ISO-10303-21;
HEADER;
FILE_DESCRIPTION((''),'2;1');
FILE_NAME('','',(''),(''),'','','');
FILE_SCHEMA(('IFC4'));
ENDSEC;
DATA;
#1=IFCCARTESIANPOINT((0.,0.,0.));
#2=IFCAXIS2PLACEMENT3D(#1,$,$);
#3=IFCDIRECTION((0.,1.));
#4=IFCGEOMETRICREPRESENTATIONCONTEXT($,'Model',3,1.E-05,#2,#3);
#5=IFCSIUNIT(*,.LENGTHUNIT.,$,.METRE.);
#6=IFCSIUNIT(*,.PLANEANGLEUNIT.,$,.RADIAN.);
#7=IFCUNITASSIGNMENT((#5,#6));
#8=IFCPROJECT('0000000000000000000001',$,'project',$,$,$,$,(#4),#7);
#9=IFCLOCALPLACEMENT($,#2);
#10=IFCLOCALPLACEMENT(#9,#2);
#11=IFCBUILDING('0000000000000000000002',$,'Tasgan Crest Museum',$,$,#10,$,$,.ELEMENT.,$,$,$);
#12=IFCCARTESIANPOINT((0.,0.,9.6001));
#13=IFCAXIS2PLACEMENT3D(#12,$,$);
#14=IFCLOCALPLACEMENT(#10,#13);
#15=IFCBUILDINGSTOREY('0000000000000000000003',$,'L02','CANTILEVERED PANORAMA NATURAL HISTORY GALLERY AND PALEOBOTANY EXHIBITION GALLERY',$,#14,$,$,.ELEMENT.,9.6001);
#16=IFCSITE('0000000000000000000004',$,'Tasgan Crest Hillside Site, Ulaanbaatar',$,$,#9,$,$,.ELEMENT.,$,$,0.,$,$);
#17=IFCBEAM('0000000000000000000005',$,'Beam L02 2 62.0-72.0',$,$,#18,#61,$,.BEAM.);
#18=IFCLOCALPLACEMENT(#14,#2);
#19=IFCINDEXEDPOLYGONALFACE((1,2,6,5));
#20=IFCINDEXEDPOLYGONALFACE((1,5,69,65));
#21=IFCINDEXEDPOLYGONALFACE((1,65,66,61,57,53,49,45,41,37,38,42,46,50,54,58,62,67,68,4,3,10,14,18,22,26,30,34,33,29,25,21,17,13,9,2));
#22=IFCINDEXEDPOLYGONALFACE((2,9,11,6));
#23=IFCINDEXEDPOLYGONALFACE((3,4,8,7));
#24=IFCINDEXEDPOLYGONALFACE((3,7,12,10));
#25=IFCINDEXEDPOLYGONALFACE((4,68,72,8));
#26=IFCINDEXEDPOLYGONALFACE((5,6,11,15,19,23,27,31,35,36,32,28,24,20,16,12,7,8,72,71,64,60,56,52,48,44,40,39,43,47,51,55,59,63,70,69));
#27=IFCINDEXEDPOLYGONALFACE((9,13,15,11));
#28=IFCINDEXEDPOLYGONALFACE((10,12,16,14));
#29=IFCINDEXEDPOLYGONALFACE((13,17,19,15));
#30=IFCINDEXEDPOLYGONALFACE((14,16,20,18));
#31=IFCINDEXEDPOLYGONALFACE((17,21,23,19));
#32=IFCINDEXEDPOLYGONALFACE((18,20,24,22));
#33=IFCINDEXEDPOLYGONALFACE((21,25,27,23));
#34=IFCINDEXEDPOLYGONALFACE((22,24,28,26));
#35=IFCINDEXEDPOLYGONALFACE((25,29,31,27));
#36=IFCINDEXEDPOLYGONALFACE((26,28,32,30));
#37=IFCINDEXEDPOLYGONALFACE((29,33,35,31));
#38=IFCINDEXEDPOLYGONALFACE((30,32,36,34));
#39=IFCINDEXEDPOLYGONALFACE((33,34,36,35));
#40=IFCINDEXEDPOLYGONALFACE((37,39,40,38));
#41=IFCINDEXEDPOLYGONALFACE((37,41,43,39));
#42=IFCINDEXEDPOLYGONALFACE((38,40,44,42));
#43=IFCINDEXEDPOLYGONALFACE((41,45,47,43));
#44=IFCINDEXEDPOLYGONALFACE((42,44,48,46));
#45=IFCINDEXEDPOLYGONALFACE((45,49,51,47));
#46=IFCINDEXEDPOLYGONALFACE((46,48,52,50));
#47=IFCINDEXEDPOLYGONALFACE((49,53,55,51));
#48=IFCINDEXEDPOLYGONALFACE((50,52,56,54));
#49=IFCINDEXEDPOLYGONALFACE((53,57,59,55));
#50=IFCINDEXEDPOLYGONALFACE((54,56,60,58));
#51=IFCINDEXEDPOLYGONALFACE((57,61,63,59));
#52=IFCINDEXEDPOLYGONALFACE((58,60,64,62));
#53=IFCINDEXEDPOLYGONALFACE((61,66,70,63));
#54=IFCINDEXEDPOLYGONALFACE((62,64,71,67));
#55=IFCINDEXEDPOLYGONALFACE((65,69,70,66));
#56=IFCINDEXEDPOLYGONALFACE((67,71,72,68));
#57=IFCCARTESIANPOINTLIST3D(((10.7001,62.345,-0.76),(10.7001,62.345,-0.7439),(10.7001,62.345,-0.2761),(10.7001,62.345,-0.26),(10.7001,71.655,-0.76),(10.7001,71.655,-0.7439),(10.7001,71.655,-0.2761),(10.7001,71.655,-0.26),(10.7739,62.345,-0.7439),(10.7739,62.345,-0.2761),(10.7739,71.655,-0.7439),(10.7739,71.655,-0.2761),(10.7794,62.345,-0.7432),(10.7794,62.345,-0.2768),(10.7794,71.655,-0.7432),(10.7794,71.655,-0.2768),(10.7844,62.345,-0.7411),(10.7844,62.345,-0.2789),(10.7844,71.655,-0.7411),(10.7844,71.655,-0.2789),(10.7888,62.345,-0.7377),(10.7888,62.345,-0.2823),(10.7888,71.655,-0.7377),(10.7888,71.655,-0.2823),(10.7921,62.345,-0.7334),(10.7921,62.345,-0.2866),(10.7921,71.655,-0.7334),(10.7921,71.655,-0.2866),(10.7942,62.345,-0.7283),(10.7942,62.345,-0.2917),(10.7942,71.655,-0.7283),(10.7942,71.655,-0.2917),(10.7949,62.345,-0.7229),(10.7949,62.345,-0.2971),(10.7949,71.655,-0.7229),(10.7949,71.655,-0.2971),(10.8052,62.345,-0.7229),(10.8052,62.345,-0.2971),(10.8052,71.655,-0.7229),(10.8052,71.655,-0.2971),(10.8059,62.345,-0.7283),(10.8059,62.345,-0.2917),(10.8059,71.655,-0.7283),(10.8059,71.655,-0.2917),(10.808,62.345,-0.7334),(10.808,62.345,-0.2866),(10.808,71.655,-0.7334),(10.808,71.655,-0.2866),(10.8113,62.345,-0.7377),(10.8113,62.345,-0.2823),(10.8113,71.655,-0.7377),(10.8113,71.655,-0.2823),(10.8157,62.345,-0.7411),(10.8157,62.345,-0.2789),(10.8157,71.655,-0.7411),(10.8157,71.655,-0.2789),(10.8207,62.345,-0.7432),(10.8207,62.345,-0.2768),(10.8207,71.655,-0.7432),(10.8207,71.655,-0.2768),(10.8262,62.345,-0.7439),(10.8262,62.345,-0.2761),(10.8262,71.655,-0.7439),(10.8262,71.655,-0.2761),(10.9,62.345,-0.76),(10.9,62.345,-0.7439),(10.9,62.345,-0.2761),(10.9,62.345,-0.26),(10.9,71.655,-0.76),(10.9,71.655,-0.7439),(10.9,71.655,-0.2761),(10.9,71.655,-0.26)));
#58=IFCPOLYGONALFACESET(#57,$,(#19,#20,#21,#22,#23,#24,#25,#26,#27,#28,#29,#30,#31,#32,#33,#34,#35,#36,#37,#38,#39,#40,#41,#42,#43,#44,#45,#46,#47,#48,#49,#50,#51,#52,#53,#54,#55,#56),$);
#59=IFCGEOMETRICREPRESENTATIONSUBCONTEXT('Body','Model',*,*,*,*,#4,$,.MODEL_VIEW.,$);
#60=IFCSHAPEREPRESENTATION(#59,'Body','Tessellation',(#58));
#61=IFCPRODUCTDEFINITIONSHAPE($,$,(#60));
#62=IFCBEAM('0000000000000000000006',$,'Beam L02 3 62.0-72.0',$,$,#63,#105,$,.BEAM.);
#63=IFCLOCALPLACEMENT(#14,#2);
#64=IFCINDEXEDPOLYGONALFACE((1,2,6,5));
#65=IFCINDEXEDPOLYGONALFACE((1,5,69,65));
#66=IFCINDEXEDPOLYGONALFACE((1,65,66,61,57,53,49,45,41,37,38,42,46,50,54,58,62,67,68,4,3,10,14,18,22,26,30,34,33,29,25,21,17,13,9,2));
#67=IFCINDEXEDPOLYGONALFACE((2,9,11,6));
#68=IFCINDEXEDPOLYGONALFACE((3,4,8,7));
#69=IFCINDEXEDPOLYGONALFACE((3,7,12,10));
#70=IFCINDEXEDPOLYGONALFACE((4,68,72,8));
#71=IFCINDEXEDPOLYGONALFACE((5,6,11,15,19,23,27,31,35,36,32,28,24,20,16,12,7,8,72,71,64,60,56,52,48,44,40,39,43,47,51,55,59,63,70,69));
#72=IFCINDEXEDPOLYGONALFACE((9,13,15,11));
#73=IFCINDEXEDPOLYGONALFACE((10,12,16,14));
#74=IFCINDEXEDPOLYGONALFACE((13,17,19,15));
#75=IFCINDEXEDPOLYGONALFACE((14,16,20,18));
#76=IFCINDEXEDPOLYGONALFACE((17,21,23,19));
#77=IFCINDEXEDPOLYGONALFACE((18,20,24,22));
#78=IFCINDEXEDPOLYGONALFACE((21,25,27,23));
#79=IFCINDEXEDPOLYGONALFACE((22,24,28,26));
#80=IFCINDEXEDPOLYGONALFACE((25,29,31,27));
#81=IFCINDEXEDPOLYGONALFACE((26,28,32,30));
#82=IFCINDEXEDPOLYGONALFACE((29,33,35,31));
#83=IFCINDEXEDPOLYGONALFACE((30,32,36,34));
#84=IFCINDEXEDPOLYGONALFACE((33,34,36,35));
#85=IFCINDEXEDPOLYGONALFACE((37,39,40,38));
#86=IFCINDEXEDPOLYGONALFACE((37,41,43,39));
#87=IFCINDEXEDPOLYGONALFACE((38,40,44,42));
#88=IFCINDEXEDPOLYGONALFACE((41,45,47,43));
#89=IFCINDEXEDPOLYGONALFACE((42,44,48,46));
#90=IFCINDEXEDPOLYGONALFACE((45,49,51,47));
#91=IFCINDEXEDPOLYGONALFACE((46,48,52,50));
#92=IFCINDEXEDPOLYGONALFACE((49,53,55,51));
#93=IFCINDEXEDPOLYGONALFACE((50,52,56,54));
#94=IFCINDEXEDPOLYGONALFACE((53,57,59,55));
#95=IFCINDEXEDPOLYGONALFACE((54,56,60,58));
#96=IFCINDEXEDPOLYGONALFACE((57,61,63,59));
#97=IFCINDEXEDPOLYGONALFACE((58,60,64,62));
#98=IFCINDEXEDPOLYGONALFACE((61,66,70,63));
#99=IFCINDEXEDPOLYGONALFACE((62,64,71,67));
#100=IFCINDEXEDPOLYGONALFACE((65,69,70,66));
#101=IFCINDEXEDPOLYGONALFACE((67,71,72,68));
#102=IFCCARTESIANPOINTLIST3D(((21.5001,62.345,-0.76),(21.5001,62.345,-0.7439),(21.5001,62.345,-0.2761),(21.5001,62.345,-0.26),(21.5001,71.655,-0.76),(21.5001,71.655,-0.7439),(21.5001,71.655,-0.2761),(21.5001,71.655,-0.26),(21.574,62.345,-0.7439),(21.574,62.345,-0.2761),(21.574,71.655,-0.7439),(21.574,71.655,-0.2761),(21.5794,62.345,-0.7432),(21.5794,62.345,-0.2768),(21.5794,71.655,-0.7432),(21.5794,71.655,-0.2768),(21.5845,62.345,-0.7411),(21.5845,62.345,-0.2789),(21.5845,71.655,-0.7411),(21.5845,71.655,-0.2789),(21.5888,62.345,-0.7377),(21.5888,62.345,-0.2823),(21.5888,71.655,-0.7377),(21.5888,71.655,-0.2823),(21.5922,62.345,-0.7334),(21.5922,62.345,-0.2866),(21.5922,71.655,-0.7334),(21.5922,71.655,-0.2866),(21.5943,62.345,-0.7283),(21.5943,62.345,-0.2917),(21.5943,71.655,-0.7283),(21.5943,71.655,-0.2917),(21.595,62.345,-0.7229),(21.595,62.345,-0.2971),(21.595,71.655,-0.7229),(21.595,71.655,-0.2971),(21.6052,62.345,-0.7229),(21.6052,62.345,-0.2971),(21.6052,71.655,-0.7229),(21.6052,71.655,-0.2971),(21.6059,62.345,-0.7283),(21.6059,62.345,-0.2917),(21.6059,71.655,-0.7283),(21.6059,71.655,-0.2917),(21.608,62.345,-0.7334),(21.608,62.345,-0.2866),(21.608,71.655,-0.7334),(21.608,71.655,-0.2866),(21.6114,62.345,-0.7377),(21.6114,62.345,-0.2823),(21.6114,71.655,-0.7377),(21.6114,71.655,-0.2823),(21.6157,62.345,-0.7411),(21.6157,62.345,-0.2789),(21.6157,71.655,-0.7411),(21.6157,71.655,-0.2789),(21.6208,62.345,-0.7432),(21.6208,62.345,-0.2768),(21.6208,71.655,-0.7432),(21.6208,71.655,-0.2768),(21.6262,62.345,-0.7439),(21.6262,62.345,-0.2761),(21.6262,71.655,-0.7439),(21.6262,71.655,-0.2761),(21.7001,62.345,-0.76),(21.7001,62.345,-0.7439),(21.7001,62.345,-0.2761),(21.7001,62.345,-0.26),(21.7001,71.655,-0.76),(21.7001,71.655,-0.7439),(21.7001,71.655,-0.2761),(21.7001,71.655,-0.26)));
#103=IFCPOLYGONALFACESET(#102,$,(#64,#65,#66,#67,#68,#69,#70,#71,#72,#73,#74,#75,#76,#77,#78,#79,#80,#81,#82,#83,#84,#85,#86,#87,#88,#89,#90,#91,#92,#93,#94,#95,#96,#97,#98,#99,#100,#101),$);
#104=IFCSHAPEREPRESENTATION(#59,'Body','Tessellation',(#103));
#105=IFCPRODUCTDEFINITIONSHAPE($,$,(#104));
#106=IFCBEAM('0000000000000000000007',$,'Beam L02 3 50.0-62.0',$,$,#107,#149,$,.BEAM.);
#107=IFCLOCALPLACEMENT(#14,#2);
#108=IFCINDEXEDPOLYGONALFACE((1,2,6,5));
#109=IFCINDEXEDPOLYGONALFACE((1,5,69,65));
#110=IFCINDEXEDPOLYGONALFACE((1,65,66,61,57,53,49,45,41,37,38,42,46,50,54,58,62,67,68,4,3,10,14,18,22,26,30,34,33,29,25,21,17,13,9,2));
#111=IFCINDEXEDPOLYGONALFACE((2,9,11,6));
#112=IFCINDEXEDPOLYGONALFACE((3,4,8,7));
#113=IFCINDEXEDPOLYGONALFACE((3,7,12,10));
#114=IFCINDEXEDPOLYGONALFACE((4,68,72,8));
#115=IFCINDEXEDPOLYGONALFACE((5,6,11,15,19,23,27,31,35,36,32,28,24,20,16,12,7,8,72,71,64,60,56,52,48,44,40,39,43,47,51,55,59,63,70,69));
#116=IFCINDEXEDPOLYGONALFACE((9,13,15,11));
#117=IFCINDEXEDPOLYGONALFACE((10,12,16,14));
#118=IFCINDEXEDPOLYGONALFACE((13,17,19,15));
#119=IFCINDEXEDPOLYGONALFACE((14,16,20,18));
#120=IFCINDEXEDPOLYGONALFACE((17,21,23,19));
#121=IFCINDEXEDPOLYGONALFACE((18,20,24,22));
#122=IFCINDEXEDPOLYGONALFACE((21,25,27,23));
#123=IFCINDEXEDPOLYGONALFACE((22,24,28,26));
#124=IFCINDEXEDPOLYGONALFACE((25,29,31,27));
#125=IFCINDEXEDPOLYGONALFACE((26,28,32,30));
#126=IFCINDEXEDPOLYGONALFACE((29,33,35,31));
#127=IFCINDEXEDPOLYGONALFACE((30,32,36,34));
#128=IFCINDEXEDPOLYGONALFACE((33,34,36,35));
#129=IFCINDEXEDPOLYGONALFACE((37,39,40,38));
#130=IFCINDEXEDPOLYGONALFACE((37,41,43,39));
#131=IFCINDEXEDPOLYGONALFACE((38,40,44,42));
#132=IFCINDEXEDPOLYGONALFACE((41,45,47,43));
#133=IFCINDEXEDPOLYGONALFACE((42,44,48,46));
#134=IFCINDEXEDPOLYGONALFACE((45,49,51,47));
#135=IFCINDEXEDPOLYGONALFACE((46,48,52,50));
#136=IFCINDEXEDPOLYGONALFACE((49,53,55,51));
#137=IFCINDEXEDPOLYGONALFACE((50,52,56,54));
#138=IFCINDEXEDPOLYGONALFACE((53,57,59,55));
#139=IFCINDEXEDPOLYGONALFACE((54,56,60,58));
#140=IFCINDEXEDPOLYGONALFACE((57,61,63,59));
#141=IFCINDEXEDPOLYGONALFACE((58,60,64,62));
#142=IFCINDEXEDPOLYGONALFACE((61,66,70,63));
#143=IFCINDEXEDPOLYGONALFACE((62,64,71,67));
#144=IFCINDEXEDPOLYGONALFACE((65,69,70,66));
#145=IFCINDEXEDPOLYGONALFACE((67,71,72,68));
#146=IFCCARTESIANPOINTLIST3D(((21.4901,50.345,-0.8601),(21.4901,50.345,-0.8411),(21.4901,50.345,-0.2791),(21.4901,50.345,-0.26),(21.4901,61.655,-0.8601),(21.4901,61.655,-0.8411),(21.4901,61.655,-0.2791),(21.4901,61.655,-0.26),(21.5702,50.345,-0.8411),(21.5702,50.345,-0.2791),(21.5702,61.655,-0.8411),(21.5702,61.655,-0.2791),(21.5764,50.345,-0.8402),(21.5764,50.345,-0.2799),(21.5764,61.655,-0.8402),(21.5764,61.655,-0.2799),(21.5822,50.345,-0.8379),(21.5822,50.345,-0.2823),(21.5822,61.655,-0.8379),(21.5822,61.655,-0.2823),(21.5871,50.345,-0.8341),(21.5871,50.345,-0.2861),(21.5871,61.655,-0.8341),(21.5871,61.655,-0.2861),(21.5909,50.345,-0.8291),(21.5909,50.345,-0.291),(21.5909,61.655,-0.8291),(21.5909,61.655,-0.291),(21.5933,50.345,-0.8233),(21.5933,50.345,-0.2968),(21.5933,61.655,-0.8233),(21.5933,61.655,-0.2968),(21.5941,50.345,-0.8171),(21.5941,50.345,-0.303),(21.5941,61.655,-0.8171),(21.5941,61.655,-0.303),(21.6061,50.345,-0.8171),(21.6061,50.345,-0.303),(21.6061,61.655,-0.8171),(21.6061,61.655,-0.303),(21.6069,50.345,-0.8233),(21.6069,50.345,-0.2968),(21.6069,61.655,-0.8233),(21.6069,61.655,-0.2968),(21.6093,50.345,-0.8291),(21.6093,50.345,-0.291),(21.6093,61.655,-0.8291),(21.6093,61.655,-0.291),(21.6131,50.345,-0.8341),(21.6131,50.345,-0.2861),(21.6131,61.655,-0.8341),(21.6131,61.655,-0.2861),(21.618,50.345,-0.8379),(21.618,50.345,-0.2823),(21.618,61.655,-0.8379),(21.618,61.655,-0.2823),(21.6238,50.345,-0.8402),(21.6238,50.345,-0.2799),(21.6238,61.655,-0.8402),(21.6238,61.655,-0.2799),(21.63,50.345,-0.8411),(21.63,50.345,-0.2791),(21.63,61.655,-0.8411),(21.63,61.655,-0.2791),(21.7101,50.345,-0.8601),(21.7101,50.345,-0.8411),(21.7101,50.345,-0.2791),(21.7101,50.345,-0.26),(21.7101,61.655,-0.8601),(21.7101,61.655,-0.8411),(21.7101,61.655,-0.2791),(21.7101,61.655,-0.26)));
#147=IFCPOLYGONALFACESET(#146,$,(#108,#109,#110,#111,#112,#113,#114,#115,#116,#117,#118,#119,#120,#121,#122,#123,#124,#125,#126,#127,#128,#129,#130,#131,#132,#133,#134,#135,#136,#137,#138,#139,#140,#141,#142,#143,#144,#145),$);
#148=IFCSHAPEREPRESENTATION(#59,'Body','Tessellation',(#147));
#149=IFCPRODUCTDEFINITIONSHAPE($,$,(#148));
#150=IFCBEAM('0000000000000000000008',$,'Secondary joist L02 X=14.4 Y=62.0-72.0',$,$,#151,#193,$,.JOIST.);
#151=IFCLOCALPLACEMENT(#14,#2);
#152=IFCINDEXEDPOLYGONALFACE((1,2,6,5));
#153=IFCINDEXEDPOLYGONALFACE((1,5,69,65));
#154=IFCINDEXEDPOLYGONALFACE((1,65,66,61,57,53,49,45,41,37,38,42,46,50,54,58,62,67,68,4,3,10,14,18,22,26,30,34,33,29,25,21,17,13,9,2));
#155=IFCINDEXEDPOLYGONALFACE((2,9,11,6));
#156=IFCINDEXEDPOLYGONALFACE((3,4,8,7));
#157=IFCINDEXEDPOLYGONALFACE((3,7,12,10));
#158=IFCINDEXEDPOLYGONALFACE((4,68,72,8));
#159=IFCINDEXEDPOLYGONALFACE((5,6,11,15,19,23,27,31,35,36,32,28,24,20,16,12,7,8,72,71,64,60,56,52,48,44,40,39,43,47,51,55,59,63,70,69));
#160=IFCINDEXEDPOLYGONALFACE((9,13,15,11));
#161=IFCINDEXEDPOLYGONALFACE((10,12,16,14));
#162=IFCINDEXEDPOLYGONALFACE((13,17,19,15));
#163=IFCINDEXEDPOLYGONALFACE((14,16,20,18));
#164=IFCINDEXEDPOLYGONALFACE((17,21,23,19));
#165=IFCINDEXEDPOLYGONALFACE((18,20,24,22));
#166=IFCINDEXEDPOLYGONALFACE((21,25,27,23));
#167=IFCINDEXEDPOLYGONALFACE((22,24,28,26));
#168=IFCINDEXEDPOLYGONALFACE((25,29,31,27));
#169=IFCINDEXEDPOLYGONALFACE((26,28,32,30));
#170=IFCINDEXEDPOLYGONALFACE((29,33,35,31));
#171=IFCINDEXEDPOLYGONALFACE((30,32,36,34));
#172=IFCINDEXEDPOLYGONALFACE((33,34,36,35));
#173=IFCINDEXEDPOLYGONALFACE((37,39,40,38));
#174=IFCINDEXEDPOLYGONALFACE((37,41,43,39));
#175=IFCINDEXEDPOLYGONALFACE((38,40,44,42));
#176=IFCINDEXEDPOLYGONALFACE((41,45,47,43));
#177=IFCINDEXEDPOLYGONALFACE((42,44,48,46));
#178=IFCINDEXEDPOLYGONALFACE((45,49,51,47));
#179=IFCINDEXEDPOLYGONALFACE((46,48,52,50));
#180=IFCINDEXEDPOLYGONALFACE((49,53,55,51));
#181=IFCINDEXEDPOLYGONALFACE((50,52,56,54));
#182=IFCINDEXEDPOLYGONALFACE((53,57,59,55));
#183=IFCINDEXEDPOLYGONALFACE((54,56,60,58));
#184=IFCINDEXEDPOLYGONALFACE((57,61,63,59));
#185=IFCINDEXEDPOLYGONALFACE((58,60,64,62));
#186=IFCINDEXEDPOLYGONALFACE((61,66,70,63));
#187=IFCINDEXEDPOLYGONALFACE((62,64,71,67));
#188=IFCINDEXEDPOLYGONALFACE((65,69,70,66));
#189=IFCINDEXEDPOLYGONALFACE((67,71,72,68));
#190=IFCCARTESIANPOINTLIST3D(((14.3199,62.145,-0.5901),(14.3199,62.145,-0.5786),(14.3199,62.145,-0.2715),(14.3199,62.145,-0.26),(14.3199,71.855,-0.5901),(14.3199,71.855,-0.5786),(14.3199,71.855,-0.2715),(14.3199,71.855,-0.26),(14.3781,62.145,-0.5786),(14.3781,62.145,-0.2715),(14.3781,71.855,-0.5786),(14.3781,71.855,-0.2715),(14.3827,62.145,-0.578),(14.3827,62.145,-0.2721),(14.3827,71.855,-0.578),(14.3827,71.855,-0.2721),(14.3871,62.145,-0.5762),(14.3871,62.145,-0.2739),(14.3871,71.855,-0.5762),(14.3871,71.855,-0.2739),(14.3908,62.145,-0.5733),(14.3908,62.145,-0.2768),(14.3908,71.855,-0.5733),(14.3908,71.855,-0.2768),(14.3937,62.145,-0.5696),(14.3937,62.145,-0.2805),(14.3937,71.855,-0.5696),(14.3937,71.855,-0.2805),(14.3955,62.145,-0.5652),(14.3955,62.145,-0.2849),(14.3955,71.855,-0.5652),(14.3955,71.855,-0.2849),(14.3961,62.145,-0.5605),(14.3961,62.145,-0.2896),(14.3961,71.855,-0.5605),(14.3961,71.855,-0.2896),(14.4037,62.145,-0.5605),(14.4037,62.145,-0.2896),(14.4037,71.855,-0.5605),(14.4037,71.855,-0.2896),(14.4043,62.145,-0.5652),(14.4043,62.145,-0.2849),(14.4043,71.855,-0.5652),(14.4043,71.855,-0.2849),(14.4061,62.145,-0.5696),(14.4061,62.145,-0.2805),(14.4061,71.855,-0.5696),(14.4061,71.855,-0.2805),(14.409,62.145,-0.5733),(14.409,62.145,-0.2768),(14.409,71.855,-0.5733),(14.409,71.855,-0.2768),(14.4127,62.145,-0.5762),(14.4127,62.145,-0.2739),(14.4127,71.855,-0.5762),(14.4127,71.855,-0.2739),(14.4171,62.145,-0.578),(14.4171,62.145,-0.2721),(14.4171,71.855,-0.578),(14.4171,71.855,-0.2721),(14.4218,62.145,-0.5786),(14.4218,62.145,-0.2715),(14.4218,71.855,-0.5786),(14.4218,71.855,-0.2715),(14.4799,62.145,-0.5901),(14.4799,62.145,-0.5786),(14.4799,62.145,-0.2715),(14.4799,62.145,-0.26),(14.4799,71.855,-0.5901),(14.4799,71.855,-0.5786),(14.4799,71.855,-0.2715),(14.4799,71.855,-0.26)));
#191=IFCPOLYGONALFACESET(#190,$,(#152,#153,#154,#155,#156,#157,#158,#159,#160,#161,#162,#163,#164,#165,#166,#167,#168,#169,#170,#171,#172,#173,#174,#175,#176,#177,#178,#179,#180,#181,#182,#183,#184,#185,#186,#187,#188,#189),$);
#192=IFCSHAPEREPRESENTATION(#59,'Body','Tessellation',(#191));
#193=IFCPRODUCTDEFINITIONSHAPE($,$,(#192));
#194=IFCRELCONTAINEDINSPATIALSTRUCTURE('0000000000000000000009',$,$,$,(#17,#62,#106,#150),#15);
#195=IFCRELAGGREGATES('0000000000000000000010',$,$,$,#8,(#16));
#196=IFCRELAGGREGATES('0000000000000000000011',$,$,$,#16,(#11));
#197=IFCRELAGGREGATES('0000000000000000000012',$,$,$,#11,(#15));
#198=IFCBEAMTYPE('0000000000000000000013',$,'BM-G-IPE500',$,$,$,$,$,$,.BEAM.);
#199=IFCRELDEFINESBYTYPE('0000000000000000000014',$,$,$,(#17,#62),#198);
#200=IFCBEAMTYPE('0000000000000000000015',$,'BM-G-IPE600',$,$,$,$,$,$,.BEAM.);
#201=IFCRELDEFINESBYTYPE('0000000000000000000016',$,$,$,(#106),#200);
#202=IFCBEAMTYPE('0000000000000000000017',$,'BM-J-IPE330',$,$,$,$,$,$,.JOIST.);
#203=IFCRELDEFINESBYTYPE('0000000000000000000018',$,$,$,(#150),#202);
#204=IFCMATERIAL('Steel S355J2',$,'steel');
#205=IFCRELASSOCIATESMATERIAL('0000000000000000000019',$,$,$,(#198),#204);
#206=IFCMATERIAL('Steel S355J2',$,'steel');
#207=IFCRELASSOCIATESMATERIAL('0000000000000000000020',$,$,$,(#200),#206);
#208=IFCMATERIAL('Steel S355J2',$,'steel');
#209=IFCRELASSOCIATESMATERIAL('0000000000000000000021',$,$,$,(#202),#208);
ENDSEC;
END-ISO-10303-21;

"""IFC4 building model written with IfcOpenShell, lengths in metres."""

from ifc_helpers import new_model, si_unit, direction, frame, origin, origin_2d, place, context, subcontext, project, spatial, i_section, extrude, material, material_profile, profile_set, type_object, element, save


model = new_model("IFC4")

# Units and contexts
model_context = context("Model", 3, precision=1e-05, world=origin(), true_north=direction((0.0, 1.0)))
body_context = subcontext(model_context, "Body", "Model", "MODEL_VIEW")
ifc_project = project(units=[si_unit("LENGTHUNIT", "METRE"), si_unit("PLANEANGLEUNIT", "RADIAN")], contexts=[model_context])

# Site, building, storey
site_placement = place(None, origin())
site = spatial("IfcSite", under=ifc_project, at=site_placement, Name="Tasgan Crest Hillside Site, Ulaanbaatar", CompositionType="ELEMENT", RefElevation=0.0)
building_placement = place(site_placement, origin())
building = spatial("IfcBuilding", under=site, at=building_placement, Name="Tasgan Crest Museum", CompositionType="ELEMENT")
storey_placement = place(building_placement, frame((0.0, 0.0, 9.6001)))
storey = spatial("IfcBuildingStorey", under=building, at=storey_placement, Name="L02", Description="CANTILEVERED PANORAMA NATURAL HISTORY GALLERY AND PALEOBOTANY EXHIBITION GALLERY", CompositionType="ELEMENT", Elevation=9.6001)

# Beams
ifc_material_1 = material(Name="Steel S355J2", Category="steel")
ifc_material_profile_1 = material_profile(ifc_material_1, i_section(OverallWidth=0.2, OverallDepth=0.5, WebThickness=0.0103, FlangeThickness=0.0161, FilletRadius=0.021, at=origin_2d()), Name="IPE 500")
ifc_profile_set_1 = profile_set([ifc_material_profile_1], Name="Steel S355J2")
beam_type_1 = type_object("IfcBeamType", Name="BM-G-IPE500", PredefinedType="BEAM", material=ifc_profile_set_1)
for number, where, z_axis, x_axis, name in (
    (1, (10.8, 62.345, -0.51), (0.0, 1.0, 0.0), (-1.0, 0.0, 0.0), "Beam L02 2 62.0-72.0"),
    (2, (21.6001, 62.345, -0.51), (0.0, 1.0, 0.0), (-1.0, 0.0, 0.0), "Beam L02 3 62.0-72.0"),
):
    element("IfcBeam", number, at=place(storey_placement, frame(where, z_axis=z_axis, x_axis=x_axis)), inside=storey, type_object=beam_type_1, Name=name, PredefinedType="BEAM", context=body_context, shape_type="SweptSolid", body=[
        extrude(i_section(OverallWidth=0.2, OverallDepth=0.5, WebThickness=0.0103, FlangeThickness=0.0161, FilletRadius=0.021, at=origin_2d()), origin(), (0.0, 0.0, 1.0), 9.3101),
    ])
ifc_material_2 = material(Name="Steel S355J2", Category="steel")
ifc_material_profile_2 = material_profile(ifc_material_2, i_section(OverallWidth=0.22, OverallDepth=0.6001, WebThickness=0.012, FlangeThickness=0.019, FilletRadius=0.0239, at=origin_2d()), Name="IPE 600")
ifc_profile_set_2 = profile_set([ifc_material_profile_2], Name="Steel S355J2")
beam_type_2 = type_object("IfcBeamType", Name="BM-G-IPE600", PredefinedType="BEAM", material=ifc_profile_set_2)
beam_placement = place(storey_placement, frame((21.6001, 50.345, -0.5601), z_axis=(0.0, 1.0, 0.0), x_axis=(-1.0, 0.0, 0.0)))
element("IfcBeam", 3, at=beam_placement, inside=storey, type_object=beam_type_2, Name="Beam L02 3 50.0-62.0", PredefinedType="BEAM", context=body_context, shape_type="SweptSolid", body=[
    extrude(i_section(OverallWidth=0.22, OverallDepth=0.6001, WebThickness=0.012, FlangeThickness=0.019, FilletRadius=0.0239, at=origin_2d()), origin(), (0.0, 0.0, 1.0), 11.3101),
])
ifc_material_3 = material(Name="Steel S355J2", Category="steel")
ifc_material_profile_3 = material_profile(ifc_material_3, i_section(OverallWidth=0.1599, OverallDepth=0.3301, WebThickness=0.0076, FlangeThickness=0.0115, FilletRadius=0.0181, at=origin_2d()), Name="IPE 330")
ifc_profile_set_3 = profile_set([ifc_material_profile_3], Name="Steel S355J2")
beam_type_3 = type_object("IfcBeamType", Name="BM-J-IPE330", PredefinedType="JOIST", material=ifc_profile_set_3)
for number, where, z_axis, x_axis, name in (
    (4, (14.3999, 62.145, -0.425), (0.0, 1.0, 0.0), (-1.0, 0.0, 0.0), "Secondary joist L02 X=14.4 Y=62.0-72.0"),
):
    element("IfcBeam", number, at=place(storey_placement, frame(where, z_axis=z_axis, x_axis=x_axis)), inside=storey, type_object=beam_type_3, Name=name, PredefinedType="JOIST", context=body_context, shape_type="SweptSolid", body=[
        extrude(i_section(OverallWidth=0.1599, OverallDepth=0.3301, WebThickness=0.0076, FlangeThickness=0.0115, FilletRadius=0.0181, at=origin_2d()), origin(), (0.0, 0.0, 1.0), 9.71),
    ])

save(model, "model.ifc")
